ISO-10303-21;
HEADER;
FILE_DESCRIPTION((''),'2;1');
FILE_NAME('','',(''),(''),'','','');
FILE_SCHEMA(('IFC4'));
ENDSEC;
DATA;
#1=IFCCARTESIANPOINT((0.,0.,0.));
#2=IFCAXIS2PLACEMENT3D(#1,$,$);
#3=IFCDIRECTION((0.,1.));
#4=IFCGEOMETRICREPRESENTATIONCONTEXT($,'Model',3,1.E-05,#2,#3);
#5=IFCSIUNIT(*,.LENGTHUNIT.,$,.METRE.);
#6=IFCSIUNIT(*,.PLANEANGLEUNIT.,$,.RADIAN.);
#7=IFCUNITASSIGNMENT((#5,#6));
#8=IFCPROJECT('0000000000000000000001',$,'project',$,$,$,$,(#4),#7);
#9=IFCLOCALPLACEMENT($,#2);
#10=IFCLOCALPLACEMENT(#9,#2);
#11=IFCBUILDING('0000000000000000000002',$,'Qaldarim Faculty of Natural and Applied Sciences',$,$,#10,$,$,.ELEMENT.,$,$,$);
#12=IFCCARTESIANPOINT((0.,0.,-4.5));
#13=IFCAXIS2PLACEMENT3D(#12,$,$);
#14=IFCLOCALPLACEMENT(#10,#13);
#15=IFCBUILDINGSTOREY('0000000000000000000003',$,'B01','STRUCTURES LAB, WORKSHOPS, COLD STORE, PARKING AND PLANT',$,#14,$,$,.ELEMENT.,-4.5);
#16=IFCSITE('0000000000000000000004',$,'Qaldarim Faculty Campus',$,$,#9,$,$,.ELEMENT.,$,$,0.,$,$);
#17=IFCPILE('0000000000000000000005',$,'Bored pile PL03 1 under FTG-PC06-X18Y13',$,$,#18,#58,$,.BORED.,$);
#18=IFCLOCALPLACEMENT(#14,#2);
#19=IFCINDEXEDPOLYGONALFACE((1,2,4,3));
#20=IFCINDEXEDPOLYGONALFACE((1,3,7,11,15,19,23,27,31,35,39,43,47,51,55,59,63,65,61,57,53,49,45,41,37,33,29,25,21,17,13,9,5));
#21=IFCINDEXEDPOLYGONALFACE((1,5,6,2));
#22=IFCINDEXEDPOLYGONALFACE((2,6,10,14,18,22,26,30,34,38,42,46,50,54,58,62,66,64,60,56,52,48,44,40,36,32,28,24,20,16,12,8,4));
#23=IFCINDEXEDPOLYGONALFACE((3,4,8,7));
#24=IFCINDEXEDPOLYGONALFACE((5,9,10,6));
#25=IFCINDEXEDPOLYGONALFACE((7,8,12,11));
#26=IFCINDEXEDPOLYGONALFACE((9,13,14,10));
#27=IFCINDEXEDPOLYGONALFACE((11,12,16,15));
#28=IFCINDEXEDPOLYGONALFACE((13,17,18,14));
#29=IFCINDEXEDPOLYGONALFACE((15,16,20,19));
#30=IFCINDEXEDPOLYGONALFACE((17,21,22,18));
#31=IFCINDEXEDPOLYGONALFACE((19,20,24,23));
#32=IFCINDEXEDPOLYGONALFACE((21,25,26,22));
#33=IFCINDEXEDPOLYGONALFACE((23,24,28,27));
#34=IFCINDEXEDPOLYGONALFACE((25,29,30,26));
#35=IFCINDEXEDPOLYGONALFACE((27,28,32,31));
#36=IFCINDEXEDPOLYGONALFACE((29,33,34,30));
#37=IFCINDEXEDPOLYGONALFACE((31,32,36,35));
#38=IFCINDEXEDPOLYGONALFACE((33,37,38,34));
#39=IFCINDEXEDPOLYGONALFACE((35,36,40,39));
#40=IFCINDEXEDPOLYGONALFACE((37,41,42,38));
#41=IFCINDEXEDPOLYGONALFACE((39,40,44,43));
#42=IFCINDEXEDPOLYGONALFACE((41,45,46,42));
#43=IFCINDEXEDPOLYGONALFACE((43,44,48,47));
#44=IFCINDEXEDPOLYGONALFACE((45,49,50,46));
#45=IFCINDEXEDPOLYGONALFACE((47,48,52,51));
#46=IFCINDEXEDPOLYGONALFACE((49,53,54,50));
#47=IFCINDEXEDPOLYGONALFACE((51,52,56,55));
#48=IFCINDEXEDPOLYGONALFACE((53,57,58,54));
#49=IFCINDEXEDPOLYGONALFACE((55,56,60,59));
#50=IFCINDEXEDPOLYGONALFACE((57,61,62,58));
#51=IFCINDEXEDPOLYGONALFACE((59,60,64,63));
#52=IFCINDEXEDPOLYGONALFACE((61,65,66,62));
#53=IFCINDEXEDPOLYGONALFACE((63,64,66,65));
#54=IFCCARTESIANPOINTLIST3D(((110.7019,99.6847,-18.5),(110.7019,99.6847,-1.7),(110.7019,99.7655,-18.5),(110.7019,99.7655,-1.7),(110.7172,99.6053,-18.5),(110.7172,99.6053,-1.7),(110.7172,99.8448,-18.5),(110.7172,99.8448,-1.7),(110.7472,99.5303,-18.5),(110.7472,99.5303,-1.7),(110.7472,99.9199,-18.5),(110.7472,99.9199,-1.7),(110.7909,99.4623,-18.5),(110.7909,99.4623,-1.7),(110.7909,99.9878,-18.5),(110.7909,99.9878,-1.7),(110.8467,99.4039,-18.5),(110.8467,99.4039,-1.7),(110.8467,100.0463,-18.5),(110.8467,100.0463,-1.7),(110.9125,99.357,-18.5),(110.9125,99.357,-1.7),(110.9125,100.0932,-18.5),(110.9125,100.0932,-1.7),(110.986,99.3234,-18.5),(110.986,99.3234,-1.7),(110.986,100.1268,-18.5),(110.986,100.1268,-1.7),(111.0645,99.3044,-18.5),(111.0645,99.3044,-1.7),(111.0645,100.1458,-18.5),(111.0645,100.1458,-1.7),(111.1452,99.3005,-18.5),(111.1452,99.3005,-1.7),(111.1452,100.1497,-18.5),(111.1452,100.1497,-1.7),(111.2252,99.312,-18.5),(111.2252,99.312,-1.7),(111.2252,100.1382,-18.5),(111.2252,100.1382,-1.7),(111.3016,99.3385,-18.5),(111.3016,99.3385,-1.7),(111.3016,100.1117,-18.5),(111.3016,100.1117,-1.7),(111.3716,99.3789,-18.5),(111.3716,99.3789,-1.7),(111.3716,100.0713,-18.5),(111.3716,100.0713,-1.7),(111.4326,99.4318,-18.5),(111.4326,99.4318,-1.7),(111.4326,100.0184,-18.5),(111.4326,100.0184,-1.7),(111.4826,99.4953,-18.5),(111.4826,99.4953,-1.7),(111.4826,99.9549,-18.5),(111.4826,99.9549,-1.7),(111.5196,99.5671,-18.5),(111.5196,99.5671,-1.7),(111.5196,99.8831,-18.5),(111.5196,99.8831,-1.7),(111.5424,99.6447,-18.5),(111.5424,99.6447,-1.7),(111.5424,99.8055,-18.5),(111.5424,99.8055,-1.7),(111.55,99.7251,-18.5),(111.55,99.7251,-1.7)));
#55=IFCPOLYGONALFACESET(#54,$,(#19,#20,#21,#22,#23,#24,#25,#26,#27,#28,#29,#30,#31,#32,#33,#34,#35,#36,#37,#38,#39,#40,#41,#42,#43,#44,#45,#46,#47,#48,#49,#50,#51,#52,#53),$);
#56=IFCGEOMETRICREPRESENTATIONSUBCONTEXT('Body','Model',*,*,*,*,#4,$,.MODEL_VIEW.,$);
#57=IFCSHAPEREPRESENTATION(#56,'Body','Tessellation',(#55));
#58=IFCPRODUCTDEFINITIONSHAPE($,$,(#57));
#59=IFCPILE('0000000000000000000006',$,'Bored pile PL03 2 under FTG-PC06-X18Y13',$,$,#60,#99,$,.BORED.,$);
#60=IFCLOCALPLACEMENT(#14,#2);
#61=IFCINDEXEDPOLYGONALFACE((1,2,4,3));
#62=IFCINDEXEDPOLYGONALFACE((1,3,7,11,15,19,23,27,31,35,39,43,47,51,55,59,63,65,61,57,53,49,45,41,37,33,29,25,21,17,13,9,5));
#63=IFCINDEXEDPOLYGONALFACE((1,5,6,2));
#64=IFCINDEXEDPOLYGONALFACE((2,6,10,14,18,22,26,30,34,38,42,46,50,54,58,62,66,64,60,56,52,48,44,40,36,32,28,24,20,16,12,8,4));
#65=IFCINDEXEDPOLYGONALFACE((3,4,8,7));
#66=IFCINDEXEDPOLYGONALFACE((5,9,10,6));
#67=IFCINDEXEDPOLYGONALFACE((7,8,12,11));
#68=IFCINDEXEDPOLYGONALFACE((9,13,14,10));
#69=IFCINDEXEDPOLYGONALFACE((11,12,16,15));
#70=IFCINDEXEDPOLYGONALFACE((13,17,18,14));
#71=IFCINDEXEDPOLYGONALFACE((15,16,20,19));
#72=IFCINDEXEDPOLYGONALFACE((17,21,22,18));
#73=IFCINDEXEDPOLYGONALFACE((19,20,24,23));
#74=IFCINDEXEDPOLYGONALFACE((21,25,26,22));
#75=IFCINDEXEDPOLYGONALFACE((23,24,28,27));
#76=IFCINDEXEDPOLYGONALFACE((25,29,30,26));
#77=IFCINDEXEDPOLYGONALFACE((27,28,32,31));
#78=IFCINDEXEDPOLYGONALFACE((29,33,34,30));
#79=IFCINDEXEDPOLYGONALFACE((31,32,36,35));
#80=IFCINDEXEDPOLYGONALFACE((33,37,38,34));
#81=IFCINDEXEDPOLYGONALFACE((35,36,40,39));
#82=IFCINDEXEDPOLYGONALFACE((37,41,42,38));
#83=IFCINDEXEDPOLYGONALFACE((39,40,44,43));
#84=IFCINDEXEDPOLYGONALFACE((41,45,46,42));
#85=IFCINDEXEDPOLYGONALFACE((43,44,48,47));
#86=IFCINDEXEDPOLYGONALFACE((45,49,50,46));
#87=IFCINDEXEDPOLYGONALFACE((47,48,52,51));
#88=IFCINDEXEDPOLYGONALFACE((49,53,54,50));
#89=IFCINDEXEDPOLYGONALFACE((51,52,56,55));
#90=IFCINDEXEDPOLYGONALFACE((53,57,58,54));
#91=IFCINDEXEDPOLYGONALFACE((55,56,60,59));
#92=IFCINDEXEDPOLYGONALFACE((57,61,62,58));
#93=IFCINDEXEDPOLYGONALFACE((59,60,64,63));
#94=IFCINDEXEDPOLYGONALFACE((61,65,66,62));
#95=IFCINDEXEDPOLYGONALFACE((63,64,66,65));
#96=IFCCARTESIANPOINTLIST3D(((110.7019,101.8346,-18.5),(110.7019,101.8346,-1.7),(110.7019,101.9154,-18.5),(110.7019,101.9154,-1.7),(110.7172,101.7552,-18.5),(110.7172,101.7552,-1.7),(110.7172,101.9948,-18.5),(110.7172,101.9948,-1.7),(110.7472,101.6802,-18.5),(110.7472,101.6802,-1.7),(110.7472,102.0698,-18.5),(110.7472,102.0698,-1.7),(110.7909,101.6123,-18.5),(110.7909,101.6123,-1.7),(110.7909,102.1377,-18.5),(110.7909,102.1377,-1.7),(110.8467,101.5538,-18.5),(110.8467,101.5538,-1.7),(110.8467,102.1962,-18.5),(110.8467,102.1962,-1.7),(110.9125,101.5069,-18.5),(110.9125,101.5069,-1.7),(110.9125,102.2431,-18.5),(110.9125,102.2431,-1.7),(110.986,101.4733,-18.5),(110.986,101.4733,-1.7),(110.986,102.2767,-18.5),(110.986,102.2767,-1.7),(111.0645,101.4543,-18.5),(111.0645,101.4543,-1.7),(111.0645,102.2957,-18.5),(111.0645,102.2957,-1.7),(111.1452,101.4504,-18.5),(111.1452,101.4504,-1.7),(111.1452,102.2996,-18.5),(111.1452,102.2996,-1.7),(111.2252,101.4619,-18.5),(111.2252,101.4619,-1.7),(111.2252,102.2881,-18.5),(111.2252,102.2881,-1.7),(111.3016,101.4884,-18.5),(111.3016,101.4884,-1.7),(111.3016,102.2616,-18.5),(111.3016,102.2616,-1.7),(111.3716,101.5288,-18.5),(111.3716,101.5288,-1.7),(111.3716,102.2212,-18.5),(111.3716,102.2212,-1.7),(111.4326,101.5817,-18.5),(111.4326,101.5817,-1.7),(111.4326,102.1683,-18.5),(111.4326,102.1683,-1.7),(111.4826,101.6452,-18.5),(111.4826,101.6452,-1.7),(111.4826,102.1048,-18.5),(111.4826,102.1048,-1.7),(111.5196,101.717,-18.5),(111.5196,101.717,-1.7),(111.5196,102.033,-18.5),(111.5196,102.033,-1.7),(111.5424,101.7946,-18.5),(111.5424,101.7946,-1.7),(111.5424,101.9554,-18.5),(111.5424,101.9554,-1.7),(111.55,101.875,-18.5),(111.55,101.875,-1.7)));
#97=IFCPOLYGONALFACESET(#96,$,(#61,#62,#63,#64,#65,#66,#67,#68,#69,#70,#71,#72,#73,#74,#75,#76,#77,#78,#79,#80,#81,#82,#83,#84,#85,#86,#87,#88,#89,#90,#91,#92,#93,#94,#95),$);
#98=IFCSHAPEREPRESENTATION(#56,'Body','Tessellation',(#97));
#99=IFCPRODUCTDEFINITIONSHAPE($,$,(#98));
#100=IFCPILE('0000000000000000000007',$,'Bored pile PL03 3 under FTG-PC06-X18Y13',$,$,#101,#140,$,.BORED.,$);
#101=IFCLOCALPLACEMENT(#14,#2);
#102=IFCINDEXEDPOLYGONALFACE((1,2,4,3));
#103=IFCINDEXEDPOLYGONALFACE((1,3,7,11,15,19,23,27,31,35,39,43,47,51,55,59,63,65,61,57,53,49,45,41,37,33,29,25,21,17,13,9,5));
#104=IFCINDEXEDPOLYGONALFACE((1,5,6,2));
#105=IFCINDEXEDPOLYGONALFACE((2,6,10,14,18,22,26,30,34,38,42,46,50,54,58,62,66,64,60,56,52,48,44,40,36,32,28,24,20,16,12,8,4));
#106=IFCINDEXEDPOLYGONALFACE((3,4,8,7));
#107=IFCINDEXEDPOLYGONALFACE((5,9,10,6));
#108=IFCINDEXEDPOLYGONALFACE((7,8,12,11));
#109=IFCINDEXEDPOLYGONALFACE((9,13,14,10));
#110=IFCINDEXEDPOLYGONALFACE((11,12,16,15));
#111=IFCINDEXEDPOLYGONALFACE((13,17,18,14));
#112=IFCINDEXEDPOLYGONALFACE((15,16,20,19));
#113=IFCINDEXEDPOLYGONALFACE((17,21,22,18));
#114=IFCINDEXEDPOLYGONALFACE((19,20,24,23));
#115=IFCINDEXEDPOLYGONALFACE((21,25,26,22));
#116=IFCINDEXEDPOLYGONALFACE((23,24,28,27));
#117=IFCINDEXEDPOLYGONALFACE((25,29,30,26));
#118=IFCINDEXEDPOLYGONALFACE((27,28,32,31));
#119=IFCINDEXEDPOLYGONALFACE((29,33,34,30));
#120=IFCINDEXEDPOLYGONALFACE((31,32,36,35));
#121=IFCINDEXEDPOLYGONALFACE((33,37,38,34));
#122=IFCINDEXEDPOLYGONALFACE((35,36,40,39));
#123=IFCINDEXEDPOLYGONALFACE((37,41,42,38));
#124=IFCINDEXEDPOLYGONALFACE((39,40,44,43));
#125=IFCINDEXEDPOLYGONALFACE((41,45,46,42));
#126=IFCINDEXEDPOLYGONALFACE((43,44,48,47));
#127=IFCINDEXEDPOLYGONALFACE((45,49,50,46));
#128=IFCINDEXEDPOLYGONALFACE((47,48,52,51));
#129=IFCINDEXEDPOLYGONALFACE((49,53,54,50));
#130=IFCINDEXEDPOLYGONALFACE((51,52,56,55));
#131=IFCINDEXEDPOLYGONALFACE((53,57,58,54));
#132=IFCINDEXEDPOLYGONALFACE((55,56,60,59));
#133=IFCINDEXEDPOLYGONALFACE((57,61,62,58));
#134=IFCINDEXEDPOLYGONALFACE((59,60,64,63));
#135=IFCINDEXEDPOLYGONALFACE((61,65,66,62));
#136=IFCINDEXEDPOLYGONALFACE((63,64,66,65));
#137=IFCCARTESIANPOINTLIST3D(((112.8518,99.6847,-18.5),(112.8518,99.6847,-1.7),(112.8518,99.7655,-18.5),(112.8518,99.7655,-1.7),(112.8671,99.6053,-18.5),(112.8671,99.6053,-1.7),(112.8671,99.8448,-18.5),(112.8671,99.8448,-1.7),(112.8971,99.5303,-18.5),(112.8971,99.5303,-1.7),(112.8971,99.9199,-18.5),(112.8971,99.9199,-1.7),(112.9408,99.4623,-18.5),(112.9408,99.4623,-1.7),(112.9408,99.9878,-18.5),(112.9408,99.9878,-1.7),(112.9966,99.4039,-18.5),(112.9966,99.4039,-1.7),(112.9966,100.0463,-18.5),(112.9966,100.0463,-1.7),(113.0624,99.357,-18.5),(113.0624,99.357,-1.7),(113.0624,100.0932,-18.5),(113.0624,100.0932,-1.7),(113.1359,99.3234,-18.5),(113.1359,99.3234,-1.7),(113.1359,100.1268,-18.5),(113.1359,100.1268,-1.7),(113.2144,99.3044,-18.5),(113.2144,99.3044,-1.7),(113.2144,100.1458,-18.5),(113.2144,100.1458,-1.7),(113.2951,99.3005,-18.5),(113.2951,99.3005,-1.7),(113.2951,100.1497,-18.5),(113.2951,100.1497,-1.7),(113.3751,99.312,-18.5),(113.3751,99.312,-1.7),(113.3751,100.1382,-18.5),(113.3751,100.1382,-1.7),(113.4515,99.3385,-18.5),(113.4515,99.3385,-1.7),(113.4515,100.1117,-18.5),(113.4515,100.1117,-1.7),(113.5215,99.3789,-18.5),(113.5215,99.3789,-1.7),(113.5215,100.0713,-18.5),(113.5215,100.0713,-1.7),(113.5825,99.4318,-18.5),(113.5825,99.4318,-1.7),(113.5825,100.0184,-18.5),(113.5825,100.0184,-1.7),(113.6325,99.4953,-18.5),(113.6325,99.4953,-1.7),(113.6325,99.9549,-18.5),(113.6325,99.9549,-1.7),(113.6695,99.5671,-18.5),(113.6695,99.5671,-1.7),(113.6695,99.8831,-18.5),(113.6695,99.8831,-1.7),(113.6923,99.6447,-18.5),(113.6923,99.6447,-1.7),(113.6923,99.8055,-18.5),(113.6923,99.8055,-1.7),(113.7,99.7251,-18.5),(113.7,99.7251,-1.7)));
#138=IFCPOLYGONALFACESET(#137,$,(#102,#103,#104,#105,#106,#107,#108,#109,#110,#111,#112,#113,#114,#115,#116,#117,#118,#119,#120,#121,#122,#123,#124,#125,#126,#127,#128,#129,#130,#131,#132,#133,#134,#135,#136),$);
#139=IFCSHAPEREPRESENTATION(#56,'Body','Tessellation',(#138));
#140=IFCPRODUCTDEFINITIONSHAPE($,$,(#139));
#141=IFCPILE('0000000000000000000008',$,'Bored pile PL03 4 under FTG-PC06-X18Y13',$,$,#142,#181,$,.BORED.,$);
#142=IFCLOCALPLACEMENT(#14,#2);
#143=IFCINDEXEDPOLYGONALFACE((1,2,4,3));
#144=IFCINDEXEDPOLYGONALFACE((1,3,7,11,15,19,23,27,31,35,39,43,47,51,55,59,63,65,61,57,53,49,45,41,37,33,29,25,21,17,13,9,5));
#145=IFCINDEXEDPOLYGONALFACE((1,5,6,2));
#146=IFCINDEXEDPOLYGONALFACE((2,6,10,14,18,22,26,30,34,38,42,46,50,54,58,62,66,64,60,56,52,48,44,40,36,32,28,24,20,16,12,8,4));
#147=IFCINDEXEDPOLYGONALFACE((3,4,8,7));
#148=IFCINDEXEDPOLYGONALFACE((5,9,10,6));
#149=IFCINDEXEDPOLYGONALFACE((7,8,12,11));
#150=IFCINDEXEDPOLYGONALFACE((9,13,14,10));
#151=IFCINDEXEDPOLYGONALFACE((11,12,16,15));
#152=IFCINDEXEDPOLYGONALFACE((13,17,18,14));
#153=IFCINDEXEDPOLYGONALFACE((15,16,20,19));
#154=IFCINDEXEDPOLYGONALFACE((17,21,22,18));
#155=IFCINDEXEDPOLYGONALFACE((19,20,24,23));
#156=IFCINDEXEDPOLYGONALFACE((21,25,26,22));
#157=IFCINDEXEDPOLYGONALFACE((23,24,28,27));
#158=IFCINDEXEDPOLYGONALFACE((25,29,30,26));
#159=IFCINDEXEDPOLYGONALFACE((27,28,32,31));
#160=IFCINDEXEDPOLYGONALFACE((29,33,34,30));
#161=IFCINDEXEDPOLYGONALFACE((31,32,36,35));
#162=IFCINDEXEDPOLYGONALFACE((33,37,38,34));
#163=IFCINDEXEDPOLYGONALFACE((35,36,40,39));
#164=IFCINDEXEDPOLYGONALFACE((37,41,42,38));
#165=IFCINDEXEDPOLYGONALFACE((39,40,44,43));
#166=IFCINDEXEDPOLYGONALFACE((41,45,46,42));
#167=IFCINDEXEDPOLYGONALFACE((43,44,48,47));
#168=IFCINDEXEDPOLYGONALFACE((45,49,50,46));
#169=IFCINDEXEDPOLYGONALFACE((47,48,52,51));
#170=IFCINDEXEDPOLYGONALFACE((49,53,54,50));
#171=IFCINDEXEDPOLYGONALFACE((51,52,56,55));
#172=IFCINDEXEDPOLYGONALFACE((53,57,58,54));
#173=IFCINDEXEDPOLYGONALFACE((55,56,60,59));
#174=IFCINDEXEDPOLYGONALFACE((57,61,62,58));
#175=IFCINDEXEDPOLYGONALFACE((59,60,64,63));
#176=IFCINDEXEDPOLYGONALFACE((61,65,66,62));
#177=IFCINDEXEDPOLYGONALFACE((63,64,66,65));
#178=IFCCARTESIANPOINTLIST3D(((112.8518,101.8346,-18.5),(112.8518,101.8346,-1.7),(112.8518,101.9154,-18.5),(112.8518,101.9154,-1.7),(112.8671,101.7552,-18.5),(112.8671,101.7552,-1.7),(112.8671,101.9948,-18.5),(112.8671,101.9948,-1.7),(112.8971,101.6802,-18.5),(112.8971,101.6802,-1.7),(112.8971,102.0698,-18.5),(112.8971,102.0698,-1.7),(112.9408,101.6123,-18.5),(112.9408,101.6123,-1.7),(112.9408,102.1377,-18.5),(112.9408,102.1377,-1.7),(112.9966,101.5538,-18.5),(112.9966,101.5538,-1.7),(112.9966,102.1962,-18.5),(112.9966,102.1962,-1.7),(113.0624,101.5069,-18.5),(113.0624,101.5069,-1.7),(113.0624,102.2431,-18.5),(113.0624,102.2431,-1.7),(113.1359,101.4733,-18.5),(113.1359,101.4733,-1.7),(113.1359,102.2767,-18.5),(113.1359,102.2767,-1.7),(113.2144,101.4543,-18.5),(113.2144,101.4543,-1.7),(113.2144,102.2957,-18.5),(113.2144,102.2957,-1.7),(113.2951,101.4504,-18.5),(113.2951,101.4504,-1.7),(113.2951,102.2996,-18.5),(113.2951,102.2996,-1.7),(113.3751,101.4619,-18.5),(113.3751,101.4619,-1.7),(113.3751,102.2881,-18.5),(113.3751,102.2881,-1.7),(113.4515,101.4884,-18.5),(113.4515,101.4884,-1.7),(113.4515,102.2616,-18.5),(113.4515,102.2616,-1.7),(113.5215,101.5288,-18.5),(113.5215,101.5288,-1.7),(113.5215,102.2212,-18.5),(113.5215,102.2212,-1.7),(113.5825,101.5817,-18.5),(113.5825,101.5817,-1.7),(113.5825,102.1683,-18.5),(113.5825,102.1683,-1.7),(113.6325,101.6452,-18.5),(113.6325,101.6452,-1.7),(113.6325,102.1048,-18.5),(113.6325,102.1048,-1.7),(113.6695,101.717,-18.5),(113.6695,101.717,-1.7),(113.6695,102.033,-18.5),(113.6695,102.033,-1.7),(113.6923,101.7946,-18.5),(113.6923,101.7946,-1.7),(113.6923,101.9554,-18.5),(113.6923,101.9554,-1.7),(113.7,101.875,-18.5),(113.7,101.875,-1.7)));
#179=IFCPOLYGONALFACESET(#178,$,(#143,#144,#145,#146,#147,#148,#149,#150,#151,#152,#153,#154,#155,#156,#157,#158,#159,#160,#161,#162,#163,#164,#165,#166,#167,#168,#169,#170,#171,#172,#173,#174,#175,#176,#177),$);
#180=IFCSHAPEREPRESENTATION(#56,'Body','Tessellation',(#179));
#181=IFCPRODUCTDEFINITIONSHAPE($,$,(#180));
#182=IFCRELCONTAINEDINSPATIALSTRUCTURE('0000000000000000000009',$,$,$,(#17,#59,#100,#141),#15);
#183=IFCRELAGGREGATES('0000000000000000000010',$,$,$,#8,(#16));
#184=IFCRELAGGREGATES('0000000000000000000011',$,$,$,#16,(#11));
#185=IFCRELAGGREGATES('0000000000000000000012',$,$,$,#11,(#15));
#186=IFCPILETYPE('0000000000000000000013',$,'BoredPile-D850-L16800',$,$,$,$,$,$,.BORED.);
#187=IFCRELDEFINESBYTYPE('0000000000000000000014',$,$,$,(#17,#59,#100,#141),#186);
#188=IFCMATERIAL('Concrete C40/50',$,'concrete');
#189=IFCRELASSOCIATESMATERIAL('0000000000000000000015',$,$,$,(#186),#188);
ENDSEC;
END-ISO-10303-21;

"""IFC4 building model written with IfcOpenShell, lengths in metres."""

from ifc_helpers import new_model, si_unit, direction, frame, origin, origin_2d, place, context, subcontext, project, spatial, circle, extrude, material, material_profile, profile_set, type_object, element, save


model = new_model("IFC4")

# Units and contexts
model_context = context("Model", 3, precision=1e-05, world=origin(), true_north=direction((0.0, 1.0)))
body_context = subcontext(model_context, "Body", "Model", "MODEL_VIEW")
ifc_project = project(units=[si_unit("LENGTHUNIT", "METRE"), si_unit("PLANEANGLEUNIT", "RADIAN")], contexts=[model_context])

# Site, building, storey
site_placement = place(None, origin())
site = spatial("IfcSite", under=ifc_project, at=site_placement, Name="Qaldarim Faculty Campus", CompositionType="ELEMENT", RefElevation=0.0)
building_placement = place(site_placement, origin())
building = spatial("IfcBuilding", under=site, at=building_placement, Name="Qaldarim Faculty of Natural and Applied Sciences", CompositionType="ELEMENT")
storey_placement = place(building_placement, frame((0.0, 0.0, -4.5)))
storey = spatial("IfcBuildingStorey", under=building, at=storey_placement, Name="B01", Description="STRUCTURES LAB, WORKSHOPS, COLD STORE, PARKING AND PLANT", CompositionType="ELEMENT", Elevation=-4.5)

# Piles
ifc_material_1 = material(Name="Concrete C40/50", Category="concrete")
ifc_material_profile_1 = material_profile(ifc_material_1, circle(Radius=0.425, at=origin_2d()), Name="PILE-D850")
ifc_profile_set_1 = profile_set([ifc_material_profile_1], Name="Concrete C40/50")
pile_type_1 = type_object("IfcPileType", Name="BoredPile-D850-L16800", PredefinedType="BORED", material=ifc_profile_set_1)
for number, where, z_axis, x_axis, name in (
    (1, (111.125, 99.7251, -1.7), (0.0, 0.0, -1.0), (1.0, 0.0, 0.0), "Bored pile PL03 1 under FTG-PC06-X18Y13"),
    (2, (111.125, 101.875, -1.7), (0.0, 0.0, -1.0), (1.0, 0.0, 0.0), "Bored pile PL03 2 under FTG-PC06-X18Y13"),
    (3, (113.2749, 99.7251, -1.7), (0.0, 0.0, -1.0), (1.0, 0.0, 0.0), "Bored pile PL03 3 under FTG-PC06-X18Y13"),
    (4, (113.2749, 101.875, -1.7), (0.0, 0.0, -1.0), (1.0, 0.0, 0.0), "Bored pile PL03 4 under FTG-PC06-X18Y13"),
):
    element("IfcPile", number, at=place(storey_placement, frame(where, z_axis=z_axis, x_axis=x_axis)), inside=storey, type_object=pile_type_1, Name=name, PredefinedType="BORED", context=body_context, shape_type="SweptSolid", body=[
        extrude(circle(Radius=0.425, at=origin_2d()), origin(), (0.0, 0.0, 1.0), 16.8),
    ])

save(model, "model.ifc")
